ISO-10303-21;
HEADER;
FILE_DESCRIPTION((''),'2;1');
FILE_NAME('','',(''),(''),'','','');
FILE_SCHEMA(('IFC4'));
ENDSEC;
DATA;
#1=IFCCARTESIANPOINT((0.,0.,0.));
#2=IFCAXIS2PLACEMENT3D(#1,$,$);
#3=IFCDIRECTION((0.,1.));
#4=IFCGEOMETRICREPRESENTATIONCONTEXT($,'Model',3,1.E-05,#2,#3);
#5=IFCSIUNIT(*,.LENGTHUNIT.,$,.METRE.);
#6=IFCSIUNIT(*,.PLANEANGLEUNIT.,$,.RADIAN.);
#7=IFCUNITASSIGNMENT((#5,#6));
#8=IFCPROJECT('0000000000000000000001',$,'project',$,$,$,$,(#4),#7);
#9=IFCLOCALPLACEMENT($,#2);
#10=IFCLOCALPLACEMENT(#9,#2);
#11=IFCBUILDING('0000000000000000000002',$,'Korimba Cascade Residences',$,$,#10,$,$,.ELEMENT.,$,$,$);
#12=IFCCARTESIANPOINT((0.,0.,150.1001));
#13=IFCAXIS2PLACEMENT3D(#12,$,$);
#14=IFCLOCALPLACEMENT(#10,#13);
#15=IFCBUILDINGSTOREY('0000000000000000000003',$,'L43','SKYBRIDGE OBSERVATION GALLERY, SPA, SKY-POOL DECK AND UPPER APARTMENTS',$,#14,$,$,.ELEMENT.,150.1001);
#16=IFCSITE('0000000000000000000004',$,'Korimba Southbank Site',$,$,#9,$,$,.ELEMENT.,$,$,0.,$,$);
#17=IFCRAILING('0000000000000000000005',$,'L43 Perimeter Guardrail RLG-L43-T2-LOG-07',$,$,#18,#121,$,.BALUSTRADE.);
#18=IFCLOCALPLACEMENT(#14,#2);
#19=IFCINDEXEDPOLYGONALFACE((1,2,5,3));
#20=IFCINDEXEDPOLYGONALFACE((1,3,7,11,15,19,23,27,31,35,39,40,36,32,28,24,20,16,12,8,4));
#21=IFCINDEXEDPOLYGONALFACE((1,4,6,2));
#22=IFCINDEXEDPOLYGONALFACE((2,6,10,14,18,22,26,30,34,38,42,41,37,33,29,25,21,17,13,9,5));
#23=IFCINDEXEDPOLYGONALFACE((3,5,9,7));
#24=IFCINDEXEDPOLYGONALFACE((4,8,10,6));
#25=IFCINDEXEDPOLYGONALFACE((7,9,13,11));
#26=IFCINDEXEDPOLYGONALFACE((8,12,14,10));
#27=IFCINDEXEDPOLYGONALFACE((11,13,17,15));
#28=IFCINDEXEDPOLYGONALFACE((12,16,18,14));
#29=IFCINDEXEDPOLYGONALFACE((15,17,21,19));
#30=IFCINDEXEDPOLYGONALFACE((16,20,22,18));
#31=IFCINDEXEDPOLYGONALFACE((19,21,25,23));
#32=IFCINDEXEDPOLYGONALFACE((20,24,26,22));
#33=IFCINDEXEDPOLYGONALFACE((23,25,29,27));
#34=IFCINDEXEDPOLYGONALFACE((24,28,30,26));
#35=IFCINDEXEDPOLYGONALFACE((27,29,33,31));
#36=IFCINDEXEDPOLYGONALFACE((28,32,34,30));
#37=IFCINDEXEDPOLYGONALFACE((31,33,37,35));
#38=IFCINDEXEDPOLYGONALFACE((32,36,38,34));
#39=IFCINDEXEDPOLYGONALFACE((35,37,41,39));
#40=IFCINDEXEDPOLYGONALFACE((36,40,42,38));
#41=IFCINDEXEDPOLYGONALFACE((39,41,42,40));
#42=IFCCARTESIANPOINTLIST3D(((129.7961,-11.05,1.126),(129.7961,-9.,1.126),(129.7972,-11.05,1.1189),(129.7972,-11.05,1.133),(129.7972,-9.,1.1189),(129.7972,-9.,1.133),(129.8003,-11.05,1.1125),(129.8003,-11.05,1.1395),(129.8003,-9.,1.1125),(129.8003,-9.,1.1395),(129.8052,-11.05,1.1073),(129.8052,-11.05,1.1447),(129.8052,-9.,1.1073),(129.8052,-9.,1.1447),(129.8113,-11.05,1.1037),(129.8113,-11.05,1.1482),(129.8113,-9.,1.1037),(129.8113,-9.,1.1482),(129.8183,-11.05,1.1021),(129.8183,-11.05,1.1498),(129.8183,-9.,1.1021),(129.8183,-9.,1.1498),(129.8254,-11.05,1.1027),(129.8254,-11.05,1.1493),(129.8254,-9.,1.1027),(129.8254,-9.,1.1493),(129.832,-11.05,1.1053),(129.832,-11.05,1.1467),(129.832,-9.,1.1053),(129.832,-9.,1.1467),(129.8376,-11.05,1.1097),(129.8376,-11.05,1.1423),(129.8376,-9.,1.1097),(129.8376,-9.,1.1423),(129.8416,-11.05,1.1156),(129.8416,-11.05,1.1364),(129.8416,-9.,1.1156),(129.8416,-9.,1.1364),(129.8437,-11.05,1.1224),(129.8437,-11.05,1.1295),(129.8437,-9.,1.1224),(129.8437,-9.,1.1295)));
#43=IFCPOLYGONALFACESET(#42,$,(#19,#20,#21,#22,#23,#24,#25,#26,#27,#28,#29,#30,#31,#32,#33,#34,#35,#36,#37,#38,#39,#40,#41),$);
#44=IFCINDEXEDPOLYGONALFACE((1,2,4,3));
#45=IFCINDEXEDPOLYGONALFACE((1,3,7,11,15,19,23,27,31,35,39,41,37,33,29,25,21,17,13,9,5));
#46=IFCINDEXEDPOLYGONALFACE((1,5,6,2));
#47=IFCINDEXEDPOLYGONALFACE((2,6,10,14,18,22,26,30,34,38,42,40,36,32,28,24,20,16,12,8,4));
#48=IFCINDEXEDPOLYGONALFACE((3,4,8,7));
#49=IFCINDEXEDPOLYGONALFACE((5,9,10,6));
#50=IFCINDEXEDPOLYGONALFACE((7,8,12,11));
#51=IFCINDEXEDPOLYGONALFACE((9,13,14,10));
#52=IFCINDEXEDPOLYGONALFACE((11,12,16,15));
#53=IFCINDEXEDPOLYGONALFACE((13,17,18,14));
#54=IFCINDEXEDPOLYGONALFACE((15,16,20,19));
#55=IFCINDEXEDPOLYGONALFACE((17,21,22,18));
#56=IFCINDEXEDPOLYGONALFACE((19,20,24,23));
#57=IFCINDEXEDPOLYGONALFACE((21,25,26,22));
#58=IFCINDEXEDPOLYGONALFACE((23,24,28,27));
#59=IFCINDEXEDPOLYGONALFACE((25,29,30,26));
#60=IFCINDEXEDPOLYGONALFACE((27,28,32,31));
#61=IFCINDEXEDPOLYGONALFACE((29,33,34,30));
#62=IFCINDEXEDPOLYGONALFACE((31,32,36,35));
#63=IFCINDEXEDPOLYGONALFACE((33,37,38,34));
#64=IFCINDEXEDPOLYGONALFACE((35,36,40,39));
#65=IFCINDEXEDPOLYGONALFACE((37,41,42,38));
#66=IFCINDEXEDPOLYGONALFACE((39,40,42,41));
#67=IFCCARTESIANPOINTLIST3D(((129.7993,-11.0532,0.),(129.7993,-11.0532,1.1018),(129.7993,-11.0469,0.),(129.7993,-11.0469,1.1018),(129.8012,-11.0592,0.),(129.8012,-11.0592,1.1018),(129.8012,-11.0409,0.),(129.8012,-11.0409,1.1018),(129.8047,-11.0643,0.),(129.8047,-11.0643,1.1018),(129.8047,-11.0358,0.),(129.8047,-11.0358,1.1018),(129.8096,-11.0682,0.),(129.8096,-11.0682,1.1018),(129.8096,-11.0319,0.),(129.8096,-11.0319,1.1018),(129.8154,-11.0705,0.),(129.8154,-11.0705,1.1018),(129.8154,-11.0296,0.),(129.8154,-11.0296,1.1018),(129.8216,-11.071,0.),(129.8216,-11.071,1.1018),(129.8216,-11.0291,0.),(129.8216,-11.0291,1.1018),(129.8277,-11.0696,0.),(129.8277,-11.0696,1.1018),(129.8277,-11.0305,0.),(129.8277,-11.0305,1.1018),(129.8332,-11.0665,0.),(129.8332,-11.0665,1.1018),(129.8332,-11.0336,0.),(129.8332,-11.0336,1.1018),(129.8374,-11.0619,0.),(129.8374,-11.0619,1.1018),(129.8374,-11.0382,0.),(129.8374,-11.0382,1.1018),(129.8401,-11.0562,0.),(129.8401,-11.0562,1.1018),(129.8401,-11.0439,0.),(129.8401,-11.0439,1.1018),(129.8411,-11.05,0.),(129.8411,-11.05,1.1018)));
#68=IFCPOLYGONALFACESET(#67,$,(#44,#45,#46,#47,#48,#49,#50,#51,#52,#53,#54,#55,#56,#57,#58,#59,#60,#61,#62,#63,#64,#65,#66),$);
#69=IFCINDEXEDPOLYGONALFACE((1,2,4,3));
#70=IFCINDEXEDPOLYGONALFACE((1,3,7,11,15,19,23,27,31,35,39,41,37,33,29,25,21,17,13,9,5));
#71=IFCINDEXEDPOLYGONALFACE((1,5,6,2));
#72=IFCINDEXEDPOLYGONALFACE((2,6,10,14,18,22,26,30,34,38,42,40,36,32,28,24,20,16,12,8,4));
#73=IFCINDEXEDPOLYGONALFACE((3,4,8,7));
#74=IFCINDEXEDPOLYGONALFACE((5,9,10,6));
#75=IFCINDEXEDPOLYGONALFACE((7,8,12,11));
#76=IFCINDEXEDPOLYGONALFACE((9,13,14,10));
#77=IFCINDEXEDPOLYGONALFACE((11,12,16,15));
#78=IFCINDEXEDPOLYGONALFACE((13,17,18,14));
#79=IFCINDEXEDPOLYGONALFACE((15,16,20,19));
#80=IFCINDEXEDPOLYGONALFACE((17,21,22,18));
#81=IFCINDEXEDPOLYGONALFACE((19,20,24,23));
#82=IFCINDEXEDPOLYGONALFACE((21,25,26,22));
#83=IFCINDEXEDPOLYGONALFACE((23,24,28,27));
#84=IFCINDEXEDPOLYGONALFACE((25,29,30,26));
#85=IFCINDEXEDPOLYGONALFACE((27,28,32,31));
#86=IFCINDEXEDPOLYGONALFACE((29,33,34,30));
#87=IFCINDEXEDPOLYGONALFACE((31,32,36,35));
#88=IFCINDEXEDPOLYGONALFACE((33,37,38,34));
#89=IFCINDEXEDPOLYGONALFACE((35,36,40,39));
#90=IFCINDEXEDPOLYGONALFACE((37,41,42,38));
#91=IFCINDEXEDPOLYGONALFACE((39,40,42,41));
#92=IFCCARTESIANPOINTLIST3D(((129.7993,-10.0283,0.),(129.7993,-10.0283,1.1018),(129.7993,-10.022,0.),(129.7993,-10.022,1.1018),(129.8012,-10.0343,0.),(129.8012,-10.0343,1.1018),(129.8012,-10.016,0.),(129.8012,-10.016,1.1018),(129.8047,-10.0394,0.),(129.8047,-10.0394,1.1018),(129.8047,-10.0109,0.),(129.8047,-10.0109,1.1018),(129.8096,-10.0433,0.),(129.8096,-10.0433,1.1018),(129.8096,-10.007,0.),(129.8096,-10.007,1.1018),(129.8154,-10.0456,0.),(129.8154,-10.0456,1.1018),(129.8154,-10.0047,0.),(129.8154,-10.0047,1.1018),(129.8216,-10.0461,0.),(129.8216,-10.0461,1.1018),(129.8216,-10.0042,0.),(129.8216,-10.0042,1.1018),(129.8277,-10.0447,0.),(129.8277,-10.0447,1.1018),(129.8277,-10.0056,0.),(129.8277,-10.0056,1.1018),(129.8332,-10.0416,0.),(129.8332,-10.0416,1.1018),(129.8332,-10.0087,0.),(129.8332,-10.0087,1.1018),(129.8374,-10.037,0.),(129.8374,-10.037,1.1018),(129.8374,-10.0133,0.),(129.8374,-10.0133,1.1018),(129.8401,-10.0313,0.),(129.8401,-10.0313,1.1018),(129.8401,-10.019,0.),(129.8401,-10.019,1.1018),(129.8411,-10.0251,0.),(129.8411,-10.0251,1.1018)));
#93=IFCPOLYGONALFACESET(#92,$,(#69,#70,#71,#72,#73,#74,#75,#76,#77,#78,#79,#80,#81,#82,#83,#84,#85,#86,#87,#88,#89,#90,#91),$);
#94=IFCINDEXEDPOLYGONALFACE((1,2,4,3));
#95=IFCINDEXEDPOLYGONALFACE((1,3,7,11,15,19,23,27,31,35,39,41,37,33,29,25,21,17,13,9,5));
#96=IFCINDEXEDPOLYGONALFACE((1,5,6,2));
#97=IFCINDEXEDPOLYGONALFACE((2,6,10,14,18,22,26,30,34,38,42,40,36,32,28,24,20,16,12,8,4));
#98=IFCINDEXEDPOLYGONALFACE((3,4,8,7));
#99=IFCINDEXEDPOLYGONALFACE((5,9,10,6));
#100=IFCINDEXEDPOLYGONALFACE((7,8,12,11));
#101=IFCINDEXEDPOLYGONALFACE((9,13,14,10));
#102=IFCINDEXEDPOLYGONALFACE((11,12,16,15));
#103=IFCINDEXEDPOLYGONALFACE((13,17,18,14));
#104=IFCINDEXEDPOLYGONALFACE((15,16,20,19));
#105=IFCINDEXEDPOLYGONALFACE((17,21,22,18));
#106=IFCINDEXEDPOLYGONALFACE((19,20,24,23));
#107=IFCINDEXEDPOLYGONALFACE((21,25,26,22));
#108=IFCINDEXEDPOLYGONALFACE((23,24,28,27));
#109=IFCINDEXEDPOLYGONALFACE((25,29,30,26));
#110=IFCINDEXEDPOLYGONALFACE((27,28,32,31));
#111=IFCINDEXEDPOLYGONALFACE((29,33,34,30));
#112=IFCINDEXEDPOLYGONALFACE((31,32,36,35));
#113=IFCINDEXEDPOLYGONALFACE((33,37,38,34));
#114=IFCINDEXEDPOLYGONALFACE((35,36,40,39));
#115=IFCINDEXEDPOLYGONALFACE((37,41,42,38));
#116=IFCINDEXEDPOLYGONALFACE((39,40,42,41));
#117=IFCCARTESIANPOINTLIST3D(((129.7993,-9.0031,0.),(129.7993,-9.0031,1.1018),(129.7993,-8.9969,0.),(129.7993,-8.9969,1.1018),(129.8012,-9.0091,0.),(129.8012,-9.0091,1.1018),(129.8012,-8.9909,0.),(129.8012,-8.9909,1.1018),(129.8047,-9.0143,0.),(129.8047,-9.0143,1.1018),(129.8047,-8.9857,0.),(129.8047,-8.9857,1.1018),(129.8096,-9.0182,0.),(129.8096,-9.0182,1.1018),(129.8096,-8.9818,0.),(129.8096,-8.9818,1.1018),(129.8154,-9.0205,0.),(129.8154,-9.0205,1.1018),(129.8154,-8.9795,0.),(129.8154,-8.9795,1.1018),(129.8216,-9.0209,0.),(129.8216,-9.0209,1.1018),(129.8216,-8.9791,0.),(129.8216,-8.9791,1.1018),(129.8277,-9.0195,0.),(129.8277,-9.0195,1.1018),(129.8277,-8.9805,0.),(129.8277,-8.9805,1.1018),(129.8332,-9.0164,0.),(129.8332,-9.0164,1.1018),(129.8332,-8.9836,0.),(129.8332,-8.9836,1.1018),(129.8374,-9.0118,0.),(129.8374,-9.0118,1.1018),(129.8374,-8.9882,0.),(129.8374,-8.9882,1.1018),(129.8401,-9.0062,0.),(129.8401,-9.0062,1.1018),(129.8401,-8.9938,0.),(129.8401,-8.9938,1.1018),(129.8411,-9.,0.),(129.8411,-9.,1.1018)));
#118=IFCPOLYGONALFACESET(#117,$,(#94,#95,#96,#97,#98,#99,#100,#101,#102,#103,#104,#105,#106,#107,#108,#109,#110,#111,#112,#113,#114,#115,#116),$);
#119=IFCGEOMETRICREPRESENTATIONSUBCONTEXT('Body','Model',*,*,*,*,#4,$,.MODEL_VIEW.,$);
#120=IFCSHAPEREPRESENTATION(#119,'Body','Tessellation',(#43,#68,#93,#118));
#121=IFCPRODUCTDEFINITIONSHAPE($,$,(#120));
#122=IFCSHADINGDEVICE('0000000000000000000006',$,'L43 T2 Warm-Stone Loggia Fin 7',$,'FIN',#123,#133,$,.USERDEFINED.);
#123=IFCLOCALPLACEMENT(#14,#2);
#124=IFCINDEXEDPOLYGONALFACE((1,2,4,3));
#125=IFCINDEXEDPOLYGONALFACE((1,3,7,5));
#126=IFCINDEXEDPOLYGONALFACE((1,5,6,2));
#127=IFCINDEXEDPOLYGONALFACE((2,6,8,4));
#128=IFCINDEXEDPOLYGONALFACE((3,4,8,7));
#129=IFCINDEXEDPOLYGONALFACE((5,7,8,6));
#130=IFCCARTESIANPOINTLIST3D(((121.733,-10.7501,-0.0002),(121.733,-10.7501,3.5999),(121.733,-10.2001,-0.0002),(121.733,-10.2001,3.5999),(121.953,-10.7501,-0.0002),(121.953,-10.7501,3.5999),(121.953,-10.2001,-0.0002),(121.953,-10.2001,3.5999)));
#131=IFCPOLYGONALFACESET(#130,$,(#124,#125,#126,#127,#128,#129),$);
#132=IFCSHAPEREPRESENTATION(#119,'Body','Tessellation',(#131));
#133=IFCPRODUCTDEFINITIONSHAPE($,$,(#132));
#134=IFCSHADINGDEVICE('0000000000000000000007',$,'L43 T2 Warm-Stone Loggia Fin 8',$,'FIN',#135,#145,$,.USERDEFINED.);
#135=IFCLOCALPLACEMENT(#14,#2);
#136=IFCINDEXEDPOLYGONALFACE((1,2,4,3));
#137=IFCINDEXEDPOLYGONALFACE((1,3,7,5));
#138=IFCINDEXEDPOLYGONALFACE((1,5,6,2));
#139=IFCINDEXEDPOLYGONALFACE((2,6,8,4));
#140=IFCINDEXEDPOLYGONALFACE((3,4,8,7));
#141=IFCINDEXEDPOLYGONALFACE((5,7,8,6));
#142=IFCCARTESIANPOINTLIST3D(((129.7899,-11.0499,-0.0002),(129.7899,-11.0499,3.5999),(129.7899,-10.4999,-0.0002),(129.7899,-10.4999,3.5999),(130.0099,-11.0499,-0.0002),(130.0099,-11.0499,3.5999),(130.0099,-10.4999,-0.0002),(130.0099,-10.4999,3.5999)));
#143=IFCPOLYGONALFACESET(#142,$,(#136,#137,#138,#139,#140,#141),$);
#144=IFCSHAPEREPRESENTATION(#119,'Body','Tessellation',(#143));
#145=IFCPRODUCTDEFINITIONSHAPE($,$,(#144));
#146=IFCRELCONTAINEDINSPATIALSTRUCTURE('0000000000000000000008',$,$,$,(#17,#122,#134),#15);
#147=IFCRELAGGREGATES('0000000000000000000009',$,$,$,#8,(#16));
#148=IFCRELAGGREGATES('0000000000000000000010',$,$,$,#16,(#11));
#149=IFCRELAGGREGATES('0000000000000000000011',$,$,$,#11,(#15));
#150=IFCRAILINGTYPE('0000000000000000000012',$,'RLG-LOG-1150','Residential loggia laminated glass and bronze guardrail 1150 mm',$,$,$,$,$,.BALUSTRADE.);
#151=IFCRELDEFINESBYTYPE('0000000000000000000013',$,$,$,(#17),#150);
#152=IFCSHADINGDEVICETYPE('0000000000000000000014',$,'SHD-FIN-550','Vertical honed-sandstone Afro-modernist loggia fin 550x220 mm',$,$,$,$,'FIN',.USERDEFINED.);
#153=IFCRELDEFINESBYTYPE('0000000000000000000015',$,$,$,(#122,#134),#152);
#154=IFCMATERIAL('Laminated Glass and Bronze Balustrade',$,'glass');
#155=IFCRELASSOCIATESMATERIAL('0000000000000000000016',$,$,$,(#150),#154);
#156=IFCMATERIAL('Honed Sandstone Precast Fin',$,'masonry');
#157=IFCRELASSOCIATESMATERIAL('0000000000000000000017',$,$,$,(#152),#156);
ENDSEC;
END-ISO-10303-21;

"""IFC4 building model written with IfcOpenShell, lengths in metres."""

from ifc_helpers import new_model, si_unit, direction, frame, origin, origin_2d, place, context, subcontext, project, spatial, rectangle, circle, extrude, material, type_object, element, save


model = new_model("IFC4")

# Units and contexts
model_context = context("Model", 3, precision=1e-05, world=origin(), true_north=direction((0.0, 1.0)))
body_context = subcontext(model_context, "Body", "Model", "MODEL_VIEW")
ifc_project = project(units=[si_unit("LENGTHUNIT", "METRE"), si_unit("PLANEANGLEUNIT", "RADIAN")], contexts=[model_context])

# Site, building, storey
site_placement = place(None, origin())
site = spatial("IfcSite", under=ifc_project, at=site_placement, Name="Korimba Southbank Site", CompositionType="ELEMENT", RefElevation=0.0)
building_placement = place(site_placement, origin())
building = spatial("IfcBuilding", under=site, at=building_placement, Name="Korimba Cascade Residences", CompositionType="ELEMENT")
storey_placement = place(building_placement, frame((0.0, 0.0, 150.1001)))
storey = spatial("IfcBuildingStorey", under=building, at=storey_placement, Name="L43", Description="SKYBRIDGE OBSERVATION GALLERY, SPA, SKY-POOL DECK AND UPPER APARTMENTS", CompositionType="ELEMENT", Elevation=150.1001)

# Railing
ifc_material_1 = material(Name="Laminated Glass and Bronze Balustrade", Category="glass")
railing_type = type_object("IfcRailingType", Name="RLG-LOG-1150", Description="Residential loggia laminated glass and bronze guardrail 1150 mm", PredefinedType="BALUSTRADE", material=ifc_material_1)
railing_1_placement = place(storey_placement, frame((129.8201, -11.05, 0.0)))
element("IfcRailing", 1, at=railing_1_placement, inside=storey, type_object=railing_type, Name="L43 Perimeter Guardrail RLG-L43-T2-LOG-07", PredefinedType="BALUSTRADE", context=body_context, shape_type="SweptSolid", body=[
    extrude(circle(Radius=0.0239, at=origin_2d()), frame((0.0, 0.0, 1.126), z_axis=(0.0, 1.0, 0.0), x_axis=(-1.0, 0.0, 0.0)), (0.0, 0.0, 1.0), 2.05),
    extrude(circle(Radius=0.021, at=origin_2d()), origin(), (0.0, 0.0, 1.0), 1.1018),
    extrude(circle(Radius=0.021, at=origin_2d()), frame((0.0, 1.0249, 0.0)), (0.0, 0.0, 1.0), 1.1018),
    extrude(circle(Radius=0.021, at=origin_2d()), frame((0.0, 2.05, 0.0)), (0.0, 0.0, 1.0), 1.1018),
])

# Shading devices
ifc_material_2 = material(Name="Honed Sandstone Precast Fin", Category="masonry")
shading_device_type = type_object("IfcShadingDeviceType", Name="SHD-FIN-550", Description="Vertical honed-sandstone Afro-modernist loggia fin 550x220 mm", ElementType="FIN", PredefinedType="USERDEFINED", material=ifc_material_2)
for number, where, z_axis, x_axis, name in (
    (2, (121.843, -10.4751, -0.0002), (0.0, 0.0, 1.0), (1.0, 0.0, 0.0), "L43 T2 Warm-Stone Loggia Fin 7"),
    (3, (129.8999, -10.7749, -0.0002), (0.0, 0.0, 1.0), (1.0, 0.0, 0.0), "L43 T2 Warm-Stone Loggia Fin 8"),
):
    element("IfcShadingDevice", number, at=place(storey_placement, frame(where, z_axis=z_axis, x_axis=x_axis)), inside=storey, type_object=shading_device_type, Name=name, ObjectType="FIN", PredefinedType="USERDEFINED", context=body_context, shape_type="SweptSolid", body=[
        extrude(rectangle(XDim=0.22, YDim=0.55, at=origin_2d()), origin(), (0.0, 0.0, 1.0), 3.6001),
    ])

save(model, "model.ifc")
